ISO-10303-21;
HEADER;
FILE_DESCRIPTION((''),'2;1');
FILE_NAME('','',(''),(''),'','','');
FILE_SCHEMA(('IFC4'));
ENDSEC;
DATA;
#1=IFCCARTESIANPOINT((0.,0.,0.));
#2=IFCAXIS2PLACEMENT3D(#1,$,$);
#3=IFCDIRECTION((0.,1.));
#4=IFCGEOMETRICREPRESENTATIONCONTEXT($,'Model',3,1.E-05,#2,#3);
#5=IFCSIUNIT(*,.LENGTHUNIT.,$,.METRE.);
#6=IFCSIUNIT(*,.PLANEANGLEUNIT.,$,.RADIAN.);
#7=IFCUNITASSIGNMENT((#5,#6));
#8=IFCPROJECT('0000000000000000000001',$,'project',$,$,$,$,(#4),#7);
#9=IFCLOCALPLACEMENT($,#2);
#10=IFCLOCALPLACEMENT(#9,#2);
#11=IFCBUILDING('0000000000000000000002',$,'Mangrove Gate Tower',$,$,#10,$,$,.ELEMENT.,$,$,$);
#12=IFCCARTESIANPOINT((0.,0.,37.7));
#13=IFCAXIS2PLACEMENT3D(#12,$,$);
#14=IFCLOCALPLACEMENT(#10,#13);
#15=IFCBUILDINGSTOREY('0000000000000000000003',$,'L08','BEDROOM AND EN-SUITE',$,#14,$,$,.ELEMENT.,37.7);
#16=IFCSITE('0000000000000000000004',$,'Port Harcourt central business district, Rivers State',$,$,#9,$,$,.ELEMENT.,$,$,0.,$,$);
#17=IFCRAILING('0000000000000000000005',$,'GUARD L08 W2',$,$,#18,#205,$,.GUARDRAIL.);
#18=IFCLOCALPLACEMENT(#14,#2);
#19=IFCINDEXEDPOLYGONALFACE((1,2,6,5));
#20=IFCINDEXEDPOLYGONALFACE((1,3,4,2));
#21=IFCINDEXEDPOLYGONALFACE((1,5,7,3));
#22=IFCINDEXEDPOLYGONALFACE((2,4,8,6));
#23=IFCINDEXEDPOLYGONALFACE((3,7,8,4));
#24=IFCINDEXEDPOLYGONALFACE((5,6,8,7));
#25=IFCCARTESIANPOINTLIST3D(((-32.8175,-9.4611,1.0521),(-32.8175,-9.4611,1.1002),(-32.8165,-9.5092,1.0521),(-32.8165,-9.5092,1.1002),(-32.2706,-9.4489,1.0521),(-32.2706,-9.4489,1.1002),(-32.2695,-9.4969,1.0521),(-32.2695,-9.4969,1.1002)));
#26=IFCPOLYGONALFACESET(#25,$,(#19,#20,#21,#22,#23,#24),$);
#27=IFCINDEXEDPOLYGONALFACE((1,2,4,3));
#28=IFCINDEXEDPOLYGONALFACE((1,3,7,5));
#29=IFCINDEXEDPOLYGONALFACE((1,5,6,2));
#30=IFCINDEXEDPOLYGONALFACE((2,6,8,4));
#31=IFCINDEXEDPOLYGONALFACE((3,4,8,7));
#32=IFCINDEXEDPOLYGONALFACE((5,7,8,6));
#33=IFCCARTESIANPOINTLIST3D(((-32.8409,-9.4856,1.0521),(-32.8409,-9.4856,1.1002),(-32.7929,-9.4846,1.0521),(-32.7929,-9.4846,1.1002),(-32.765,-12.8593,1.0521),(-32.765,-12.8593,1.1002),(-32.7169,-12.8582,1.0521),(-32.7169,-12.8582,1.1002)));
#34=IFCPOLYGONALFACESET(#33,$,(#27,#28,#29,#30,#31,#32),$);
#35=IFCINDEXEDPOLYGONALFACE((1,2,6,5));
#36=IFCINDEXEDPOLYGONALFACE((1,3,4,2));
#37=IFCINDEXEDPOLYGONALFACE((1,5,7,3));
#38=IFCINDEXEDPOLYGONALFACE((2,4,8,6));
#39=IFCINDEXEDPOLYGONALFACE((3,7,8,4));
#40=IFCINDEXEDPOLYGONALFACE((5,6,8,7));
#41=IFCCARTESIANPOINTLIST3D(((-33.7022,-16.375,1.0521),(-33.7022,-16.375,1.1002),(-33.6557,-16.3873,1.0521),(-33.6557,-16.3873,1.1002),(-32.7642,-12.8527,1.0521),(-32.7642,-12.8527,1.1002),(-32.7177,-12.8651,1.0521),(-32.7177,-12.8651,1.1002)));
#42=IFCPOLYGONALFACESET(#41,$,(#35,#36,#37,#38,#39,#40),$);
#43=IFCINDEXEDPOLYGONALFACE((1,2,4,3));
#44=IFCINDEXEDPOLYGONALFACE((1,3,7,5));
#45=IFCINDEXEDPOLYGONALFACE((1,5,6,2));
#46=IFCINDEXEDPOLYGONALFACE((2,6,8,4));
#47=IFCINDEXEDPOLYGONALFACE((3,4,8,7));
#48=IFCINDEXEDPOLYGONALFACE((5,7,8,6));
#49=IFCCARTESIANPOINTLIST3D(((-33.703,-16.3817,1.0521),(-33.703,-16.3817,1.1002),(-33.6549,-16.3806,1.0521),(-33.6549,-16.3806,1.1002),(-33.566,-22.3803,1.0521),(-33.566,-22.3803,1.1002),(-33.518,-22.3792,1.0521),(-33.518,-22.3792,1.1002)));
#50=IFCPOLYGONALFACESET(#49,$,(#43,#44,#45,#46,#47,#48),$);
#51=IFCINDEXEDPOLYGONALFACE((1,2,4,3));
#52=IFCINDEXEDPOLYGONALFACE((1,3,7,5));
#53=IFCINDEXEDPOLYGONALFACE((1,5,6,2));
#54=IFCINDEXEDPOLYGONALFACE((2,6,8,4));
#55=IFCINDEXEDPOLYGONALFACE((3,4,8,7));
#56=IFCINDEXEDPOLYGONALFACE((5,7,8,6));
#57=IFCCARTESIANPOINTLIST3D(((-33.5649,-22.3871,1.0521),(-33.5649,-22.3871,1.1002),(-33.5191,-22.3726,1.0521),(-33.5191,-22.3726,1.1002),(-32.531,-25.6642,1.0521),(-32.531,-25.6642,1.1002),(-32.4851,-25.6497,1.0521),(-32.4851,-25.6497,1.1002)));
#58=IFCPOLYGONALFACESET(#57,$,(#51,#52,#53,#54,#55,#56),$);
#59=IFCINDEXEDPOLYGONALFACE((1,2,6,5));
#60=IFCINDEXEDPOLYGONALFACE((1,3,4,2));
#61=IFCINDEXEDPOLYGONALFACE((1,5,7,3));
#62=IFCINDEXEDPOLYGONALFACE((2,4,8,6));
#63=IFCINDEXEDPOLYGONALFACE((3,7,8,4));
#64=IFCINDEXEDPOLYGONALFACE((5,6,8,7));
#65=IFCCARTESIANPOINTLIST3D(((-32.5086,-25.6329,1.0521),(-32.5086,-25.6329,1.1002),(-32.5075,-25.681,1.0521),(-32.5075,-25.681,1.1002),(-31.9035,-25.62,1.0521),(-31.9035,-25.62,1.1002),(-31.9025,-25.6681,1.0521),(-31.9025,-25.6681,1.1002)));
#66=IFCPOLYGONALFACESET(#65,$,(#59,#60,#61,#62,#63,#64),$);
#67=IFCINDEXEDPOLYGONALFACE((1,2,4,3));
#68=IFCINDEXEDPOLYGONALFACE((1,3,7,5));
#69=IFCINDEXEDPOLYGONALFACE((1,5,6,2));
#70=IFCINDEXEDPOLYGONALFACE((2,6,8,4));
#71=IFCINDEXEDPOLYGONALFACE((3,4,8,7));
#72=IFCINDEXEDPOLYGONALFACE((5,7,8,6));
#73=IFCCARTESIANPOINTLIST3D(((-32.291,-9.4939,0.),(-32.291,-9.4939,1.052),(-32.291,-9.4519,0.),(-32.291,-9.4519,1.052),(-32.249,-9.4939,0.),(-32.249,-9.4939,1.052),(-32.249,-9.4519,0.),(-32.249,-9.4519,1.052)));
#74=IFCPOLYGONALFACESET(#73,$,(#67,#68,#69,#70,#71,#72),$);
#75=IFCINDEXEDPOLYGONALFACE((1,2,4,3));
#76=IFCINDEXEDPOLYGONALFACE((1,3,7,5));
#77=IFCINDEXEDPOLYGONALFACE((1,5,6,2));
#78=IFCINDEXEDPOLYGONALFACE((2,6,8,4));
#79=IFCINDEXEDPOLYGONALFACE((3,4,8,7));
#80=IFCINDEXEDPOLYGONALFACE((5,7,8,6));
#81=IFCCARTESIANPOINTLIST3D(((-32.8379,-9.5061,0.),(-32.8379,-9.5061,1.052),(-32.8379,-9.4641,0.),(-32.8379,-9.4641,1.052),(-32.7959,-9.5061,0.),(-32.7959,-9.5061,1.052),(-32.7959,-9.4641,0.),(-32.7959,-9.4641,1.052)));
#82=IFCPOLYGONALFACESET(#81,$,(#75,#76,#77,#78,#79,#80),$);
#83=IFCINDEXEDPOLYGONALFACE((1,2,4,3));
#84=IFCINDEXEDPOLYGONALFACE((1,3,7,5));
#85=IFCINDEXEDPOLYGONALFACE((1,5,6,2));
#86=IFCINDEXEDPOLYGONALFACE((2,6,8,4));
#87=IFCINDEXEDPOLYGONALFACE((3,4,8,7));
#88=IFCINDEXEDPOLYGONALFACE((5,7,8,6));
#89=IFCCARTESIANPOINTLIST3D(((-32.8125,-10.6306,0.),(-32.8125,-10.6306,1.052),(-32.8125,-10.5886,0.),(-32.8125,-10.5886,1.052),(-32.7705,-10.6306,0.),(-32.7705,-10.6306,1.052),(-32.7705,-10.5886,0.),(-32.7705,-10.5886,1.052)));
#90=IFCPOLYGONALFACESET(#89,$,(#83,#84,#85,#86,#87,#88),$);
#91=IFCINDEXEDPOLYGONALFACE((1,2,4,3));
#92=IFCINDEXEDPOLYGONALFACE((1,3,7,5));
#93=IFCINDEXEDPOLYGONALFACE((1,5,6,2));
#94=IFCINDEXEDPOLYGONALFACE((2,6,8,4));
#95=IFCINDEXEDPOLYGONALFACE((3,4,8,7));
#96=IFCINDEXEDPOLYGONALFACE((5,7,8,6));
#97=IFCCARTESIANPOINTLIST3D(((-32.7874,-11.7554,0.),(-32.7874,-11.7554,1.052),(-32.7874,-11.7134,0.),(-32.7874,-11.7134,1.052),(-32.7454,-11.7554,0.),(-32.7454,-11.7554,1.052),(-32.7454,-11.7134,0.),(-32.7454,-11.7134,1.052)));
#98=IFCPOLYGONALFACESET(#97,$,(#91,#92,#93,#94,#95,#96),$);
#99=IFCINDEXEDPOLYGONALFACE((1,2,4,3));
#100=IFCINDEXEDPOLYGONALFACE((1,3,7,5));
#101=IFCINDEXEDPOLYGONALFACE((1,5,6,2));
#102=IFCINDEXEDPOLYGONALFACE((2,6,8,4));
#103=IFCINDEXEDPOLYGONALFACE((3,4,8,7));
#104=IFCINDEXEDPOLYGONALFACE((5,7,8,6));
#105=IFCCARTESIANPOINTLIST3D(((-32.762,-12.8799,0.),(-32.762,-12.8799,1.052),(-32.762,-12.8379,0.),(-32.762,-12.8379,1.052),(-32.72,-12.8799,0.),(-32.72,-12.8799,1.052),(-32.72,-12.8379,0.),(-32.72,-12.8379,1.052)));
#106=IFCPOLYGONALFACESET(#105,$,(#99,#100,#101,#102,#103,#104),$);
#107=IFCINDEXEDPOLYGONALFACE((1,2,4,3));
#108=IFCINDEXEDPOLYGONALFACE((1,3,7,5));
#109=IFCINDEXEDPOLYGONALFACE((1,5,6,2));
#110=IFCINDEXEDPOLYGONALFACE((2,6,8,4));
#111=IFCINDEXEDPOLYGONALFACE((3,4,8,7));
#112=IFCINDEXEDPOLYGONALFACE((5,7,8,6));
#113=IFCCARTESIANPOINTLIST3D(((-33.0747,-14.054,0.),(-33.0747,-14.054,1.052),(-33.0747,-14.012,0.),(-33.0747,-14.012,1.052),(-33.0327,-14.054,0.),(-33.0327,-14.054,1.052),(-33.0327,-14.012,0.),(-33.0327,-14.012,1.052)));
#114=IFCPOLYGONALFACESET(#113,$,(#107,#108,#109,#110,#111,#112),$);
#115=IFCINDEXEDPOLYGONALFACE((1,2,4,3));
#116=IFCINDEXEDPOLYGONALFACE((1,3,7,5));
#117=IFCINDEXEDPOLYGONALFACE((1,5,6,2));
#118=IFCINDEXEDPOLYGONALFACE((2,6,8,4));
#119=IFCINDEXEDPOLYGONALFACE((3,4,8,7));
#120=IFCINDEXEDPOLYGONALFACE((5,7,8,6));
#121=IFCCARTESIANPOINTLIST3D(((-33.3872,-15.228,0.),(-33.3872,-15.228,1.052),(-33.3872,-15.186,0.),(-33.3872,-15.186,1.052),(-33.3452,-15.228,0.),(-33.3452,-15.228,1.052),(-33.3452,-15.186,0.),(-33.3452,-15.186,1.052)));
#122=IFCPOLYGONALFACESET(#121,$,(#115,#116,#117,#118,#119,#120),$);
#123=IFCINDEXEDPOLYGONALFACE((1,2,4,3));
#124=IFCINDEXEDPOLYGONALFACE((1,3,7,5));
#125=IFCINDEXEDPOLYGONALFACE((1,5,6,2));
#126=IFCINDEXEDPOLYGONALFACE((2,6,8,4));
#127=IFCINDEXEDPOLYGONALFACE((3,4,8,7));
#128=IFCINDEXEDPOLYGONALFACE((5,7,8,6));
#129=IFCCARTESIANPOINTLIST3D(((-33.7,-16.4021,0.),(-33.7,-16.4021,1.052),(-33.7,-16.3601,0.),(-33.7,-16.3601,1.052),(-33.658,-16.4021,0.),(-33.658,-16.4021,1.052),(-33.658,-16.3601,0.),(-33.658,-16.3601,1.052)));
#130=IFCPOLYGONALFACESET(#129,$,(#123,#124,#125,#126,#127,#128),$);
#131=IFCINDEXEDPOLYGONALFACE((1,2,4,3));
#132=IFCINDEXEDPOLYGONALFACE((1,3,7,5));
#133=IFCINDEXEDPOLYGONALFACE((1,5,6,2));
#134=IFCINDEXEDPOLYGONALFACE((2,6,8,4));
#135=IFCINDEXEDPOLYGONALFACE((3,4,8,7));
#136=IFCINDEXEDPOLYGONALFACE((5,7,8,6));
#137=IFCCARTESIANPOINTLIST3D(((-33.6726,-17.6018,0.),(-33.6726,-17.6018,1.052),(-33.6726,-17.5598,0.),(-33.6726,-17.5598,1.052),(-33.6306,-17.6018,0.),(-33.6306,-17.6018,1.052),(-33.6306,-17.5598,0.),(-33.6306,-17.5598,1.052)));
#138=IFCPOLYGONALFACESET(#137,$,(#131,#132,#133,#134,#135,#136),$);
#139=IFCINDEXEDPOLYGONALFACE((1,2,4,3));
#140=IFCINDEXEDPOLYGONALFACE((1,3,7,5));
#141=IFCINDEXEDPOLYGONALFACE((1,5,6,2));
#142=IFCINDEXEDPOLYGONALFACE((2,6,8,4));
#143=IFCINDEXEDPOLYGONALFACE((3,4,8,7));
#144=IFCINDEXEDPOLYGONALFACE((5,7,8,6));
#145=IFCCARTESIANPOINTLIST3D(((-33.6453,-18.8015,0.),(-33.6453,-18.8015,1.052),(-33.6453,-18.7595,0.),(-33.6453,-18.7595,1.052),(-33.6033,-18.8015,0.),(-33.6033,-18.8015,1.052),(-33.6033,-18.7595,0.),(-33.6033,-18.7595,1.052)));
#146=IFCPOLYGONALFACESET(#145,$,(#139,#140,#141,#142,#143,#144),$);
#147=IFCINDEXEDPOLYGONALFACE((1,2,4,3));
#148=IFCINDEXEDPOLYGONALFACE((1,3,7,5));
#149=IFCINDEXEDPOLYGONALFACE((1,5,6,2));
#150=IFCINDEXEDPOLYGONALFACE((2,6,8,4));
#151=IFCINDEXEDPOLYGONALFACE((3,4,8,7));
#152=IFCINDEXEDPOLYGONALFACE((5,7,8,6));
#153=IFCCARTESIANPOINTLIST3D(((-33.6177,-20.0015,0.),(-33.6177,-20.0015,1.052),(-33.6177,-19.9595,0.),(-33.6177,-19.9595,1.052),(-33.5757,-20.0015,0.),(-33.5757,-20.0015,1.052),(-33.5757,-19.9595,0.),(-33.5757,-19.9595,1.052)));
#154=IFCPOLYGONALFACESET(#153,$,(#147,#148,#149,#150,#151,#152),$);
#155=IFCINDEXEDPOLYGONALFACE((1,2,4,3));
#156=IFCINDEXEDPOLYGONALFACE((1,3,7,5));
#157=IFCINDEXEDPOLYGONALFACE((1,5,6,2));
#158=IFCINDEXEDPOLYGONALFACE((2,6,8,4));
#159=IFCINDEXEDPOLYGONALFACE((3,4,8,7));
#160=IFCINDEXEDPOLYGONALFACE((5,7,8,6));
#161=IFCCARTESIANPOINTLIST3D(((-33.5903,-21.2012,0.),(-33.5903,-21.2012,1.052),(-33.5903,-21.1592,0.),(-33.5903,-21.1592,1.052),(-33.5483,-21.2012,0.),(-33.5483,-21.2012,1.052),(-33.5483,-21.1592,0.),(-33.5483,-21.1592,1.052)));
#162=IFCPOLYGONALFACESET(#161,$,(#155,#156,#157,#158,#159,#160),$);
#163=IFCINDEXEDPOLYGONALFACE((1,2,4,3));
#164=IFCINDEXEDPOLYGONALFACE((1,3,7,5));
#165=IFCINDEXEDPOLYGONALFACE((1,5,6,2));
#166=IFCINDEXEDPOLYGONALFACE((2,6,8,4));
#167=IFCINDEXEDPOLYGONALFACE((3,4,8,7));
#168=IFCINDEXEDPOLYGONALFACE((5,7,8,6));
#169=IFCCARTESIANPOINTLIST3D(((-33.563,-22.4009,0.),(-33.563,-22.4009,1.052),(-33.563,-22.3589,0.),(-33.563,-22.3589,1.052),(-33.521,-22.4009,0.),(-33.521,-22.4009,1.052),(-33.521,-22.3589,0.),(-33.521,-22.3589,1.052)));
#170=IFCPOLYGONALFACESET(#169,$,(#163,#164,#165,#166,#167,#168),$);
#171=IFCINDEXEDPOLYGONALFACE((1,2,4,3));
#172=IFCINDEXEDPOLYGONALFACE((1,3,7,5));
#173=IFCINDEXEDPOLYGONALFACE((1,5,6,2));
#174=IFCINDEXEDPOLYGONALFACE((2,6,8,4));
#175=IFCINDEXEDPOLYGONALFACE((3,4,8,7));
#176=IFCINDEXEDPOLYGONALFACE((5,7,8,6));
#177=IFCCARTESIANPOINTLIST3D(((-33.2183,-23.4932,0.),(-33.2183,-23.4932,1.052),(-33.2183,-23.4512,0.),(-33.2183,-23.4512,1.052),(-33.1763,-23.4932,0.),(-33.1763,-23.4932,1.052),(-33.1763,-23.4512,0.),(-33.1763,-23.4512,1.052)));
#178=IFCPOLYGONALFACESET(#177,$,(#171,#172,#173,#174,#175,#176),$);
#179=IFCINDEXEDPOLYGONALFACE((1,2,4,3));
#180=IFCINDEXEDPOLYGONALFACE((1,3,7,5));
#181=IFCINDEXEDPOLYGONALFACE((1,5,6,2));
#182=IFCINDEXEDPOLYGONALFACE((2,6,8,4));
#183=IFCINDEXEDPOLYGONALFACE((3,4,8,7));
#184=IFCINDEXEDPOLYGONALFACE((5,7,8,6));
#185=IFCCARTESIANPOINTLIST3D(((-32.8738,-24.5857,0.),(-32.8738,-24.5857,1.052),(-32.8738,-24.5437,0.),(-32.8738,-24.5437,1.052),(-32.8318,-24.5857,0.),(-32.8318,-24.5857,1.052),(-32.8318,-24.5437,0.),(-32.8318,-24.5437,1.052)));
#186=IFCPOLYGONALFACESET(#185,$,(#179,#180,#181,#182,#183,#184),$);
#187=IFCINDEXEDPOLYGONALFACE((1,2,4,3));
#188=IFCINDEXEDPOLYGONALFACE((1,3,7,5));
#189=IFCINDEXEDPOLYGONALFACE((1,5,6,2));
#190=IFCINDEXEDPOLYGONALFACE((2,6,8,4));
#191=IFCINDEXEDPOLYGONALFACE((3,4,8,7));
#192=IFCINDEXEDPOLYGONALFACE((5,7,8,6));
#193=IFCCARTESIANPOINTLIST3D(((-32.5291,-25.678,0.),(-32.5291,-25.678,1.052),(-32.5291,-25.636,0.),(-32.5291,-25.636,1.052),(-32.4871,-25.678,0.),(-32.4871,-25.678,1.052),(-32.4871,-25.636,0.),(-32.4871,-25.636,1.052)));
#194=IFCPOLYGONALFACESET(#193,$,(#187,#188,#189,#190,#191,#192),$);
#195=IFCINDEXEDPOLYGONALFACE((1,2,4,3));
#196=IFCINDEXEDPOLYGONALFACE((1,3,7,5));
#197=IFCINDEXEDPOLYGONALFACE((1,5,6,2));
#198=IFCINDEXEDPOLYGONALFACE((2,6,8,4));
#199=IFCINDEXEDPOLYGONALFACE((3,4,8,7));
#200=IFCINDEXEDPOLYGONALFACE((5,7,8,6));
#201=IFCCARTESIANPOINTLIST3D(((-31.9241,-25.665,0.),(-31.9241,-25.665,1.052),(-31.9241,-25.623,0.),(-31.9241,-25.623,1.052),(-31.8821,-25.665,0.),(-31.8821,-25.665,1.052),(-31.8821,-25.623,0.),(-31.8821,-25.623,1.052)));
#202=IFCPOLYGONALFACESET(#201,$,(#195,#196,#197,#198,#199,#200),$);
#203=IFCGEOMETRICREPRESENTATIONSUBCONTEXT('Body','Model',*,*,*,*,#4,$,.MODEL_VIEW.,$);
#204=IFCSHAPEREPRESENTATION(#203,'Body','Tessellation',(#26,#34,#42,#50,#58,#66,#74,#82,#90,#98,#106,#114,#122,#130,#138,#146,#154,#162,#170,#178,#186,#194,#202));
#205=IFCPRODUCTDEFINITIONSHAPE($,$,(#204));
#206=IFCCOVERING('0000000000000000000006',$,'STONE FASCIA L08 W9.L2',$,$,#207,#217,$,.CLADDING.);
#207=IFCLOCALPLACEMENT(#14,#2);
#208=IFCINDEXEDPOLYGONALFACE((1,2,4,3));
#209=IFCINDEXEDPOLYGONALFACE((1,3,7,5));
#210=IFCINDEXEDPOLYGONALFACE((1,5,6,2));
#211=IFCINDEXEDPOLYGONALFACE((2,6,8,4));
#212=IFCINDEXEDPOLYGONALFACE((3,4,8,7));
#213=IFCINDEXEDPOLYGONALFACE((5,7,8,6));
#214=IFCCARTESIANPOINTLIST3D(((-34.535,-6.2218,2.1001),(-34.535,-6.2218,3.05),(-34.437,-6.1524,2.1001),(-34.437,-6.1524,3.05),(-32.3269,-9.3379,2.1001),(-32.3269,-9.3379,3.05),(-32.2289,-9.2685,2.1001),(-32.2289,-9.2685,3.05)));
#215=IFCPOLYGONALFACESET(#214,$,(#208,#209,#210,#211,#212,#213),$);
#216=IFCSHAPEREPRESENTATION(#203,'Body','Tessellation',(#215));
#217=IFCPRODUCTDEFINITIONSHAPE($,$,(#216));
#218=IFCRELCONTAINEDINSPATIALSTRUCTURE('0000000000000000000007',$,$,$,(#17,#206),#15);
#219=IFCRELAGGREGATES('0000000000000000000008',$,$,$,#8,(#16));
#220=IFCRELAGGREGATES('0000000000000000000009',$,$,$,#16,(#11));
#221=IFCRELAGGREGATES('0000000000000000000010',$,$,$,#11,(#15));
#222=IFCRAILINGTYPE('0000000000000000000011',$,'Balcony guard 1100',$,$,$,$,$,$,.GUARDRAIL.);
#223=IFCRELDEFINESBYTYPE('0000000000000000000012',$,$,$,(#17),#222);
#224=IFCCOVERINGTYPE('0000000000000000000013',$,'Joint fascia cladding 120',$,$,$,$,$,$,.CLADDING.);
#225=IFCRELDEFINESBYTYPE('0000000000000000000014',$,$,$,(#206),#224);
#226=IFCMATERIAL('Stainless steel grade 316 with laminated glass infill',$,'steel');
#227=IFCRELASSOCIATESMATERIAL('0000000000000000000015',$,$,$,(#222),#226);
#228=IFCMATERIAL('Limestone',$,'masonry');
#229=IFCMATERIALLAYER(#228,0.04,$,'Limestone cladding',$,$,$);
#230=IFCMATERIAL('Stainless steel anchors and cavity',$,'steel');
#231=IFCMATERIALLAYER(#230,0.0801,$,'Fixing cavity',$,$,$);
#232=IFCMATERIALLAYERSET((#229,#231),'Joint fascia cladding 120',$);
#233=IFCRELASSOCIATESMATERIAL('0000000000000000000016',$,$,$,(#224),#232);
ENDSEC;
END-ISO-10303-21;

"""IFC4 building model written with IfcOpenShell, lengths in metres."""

from ifc_helpers import new_model, si_unit, direction, frame, frame_2d, origin, origin_2d, place, context, subcontext, project, spatial, rectangle, extrude, material, layer, layer_set, type_object, element, save


model = new_model("IFC4")

# Units and contexts
model_context = context("Model", 3, precision=1e-05, world=origin(), true_north=direction((0.0, 1.0)))
body_context = subcontext(model_context, "Body", "Model", "MODEL_VIEW")
ifc_project = project(units=[si_unit("LENGTHUNIT", "METRE"), si_unit("PLANEANGLEUNIT", "RADIAN")], contexts=[model_context])

# Site, building, storey
site_placement = place(None, origin())
site = spatial("IfcSite", under=ifc_project, at=site_placement, Name="Port Harcourt central business district, Rivers State", CompositionType="ELEMENT", RefElevation=0.0)
building_placement = place(site_placement, origin())
building = spatial("IfcBuilding", under=site, at=building_placement, Name="Mangrove Gate Tower", CompositionType="ELEMENT")
storey_placement = place(building_placement, frame((0.0, 0.0, 37.7)))
storey = spatial("IfcBuildingStorey", under=building, at=storey_placement, Name="L08", Description="BEDROOM AND EN-SUITE", CompositionType="ELEMENT", Elevation=37.7)

# Shared definitions
ifc_material_1 = material(Name="Limestone", Category="masonry")

# Railing
ifc_material_2 = material(Name="Stainless steel grade 316 with laminated glass infill", Category="steel")
railing_type = type_object("IfcRailingType", Name="Balcony guard 1100", PredefinedType="GUARDRAIL", material=ifc_material_2)
railing_placement = place(storey_placement, frame((-32.27, -9.4729, 0.0)))
element("IfcRailing", 1, at=railing_placement, inside=storey, type_object=railing_type, Name="GUARD L08 W2", PredefinedType="GUARDRAIL", context=body_context, shape_type="SweptSolid", body=[
    extrude(rectangle(XDim=0.0481, YDim=0.0481, at=origin_2d()), frame((0.0, 0.0, 1.0762), z_axis=(-0.999751, -0.022316, 0.0), x_axis=(0.022316, -0.999751, 0.0)), (0.0, 0.0, 1.0), 0.5471),
    extrude(rectangle(XDim=0.0481, YDim=0.0481, at=origin_2d()), frame((-0.5469, -0.0122, 1.0762), z_axis=(0.0225, -0.999747, 0.0), x_axis=(0.999747, 0.0225, 0.0)), (0.0, 0.0, 1.0), 3.3745),
    extrude(rectangle(XDim=0.0481, YDim=0.0481, at=origin_2d()), frame((-0.4709, -3.386, 1.0762), z_axis=(-0.257337, -0.966322, 0.0), x_axis=(0.966322, -0.257337, 0.0)), (0.0, 0.0, 1.0), 3.645),
    extrude(rectangle(XDim=0.0481, YDim=0.0481, at=origin_2d()), frame((-1.4089, -6.9082, 1.0762), z_axis=(0.022826, -0.999739, 0.0), x_axis=(0.999739, 0.022826, 0.0)), (0.0, 0.0, 1.0), 6.0002),
    extrude(rectangle(XDim=0.0481, YDim=0.0481, at=origin_2d()), frame((-1.272, -12.907, 1.0762), z_axis=(0.300883, -0.953661, 0.0), x_axis=(0.953661, 0.300883, 0.0)), (0.0, 0.0, 1.0), 3.4363),
    extrude(rectangle(XDim=0.0481, YDim=0.0481, at=origin_2d()), frame((-0.238, -16.1841, 1.0762), z_axis=(0.999771, 0.021383, 0.0), x_axis=(-0.021383, 0.999771, 0.0)), (0.0, 0.0, 1.0), 0.6052),
    extrude(rectangle(XDim=0.042, YDim=0.042, at=origin_2d()), origin(), (0.0, 0.0, 1.0), 1.052),
    extrude(rectangle(XDim=0.042, YDim=0.042, at=origin_2d()), frame((-0.5469, -0.0122, 0.0)), (0.0, 0.0, 1.0), 1.052),
    extrude(rectangle(XDim=0.042, YDim=0.042, at=origin_2d()), frame((-0.5215, -1.1367, 0.0)), (0.0, 0.0, 1.0), 1.052),
    extrude(rectangle(XDim=0.042, YDim=0.042, at=origin_2d()), frame((-0.4963, -2.2615, 0.0)), (0.0, 0.0, 1.0), 1.052),
    extrude(rectangle(XDim=0.042, YDim=0.042, at=origin_2d()), frame((-0.4709, -3.386, 0.0)), (0.0, 0.0, 1.0), 1.052),
    extrude(rectangle(XDim=0.042, YDim=0.042, at=origin_2d()), frame((-0.7837, -4.5601, 0.0)), (0.0, 0.0, 1.0), 1.052),
    extrude(rectangle(XDim=0.042, YDim=0.042, at=origin_2d()), frame((-1.0962, -5.7341, 0.0)), (0.0, 0.0, 1.0), 1.052),
    extrude(rectangle(XDim=0.042, YDim=0.042, at=origin_2d()), frame((-1.4089, -6.9082, 0.0)), (0.0, 0.0, 1.0), 1.052),
    extrude(rectangle(XDim=0.042, YDim=0.042, at=origin_2d()), frame((-1.3816, -8.1079, 0.0)), (0.0, 0.0, 1.0), 1.052),
    extrude(rectangle(XDim=0.042, YDim=0.042, at=origin_2d()), frame((-1.3542, -9.3076, 0.0)), (0.0, 0.0, 1.0), 1.052),
    extrude(rectangle(XDim=0.042, YDim=0.042, at=origin_2d()), frame((-1.3267, -10.5076, 0.0)), (0.0, 0.0, 1.0), 1.052),
    extrude(rectangle(XDim=0.042, YDim=0.042, at=origin_2d()), frame((-1.2993, -11.7073, 0.0)), (0.0, 0.0, 1.0), 1.052),
    extrude(rectangle(XDim=0.042, YDim=0.042, at=origin_2d()), frame((-1.272, -12.907, 0.0)), (0.0, 0.0, 1.0), 1.052),
    extrude(rectangle(XDim=0.042, YDim=0.042, at=origin_2d()), frame((-0.9272, -13.9993, 0.0)), (0.0, 0.0, 1.0), 1.052),
    extrude(rectangle(XDim=0.042, YDim=0.042, at=origin_2d()), frame((-0.5828, -15.0918, 0.0)), (0.0, 0.0, 1.0), 1.052),
    extrude(rectangle(XDim=0.042, YDim=0.042, at=origin_2d()), frame((-0.238, -16.1841, 0.0)), (0.0, 0.0, 1.0), 1.052),
    extrude(rectangle(XDim=0.042, YDim=0.042, at=origin_2d()), frame((0.3669, -16.1711, 0.0)), (0.0, 0.0, 1.0), 1.052),
])

# Covering
ifc_layer_1 = layer(ifc_material_1, 0.04, Name="Limestone cladding")
ifc_material_3 = material(Name="Stainless steel anchors and cavity", Category="steel")
ifc_layer_2 = layer(ifc_material_3, 0.0801, Name="Fixing cavity")
ifc_layer_set_1 = layer_set([ifc_layer_1, ifc_layer_2], Name="Joint fascia cladding 120")
covering_type = type_object("IfcCoveringType", Name="Joint fascia cladding 120", PredefinedType="CLADDING", material=ifc_layer_set_1)
covering_placement = place(storey_placement, frame((-34.4861, -6.187, 2.1001), z_axis=(0.0, 0.0, 1.0), x_axis=(0.578168, -0.815918, 0.0)))
element("IfcCovering", 2, at=covering_placement, inside=storey, type_object=covering_type, Name="STONE FASCIA L08 W9.L2", PredefinedType="CLADDING", context=body_context, shape_type="SweptSolid", body=[
    extrude(rectangle(XDim=3.8191, YDim=0.1201, at=frame_2d((1.9097, 0.0))), origin(), (0.0, 0.0, 1.0), 0.95),
])

save(model, "model.ifc")
